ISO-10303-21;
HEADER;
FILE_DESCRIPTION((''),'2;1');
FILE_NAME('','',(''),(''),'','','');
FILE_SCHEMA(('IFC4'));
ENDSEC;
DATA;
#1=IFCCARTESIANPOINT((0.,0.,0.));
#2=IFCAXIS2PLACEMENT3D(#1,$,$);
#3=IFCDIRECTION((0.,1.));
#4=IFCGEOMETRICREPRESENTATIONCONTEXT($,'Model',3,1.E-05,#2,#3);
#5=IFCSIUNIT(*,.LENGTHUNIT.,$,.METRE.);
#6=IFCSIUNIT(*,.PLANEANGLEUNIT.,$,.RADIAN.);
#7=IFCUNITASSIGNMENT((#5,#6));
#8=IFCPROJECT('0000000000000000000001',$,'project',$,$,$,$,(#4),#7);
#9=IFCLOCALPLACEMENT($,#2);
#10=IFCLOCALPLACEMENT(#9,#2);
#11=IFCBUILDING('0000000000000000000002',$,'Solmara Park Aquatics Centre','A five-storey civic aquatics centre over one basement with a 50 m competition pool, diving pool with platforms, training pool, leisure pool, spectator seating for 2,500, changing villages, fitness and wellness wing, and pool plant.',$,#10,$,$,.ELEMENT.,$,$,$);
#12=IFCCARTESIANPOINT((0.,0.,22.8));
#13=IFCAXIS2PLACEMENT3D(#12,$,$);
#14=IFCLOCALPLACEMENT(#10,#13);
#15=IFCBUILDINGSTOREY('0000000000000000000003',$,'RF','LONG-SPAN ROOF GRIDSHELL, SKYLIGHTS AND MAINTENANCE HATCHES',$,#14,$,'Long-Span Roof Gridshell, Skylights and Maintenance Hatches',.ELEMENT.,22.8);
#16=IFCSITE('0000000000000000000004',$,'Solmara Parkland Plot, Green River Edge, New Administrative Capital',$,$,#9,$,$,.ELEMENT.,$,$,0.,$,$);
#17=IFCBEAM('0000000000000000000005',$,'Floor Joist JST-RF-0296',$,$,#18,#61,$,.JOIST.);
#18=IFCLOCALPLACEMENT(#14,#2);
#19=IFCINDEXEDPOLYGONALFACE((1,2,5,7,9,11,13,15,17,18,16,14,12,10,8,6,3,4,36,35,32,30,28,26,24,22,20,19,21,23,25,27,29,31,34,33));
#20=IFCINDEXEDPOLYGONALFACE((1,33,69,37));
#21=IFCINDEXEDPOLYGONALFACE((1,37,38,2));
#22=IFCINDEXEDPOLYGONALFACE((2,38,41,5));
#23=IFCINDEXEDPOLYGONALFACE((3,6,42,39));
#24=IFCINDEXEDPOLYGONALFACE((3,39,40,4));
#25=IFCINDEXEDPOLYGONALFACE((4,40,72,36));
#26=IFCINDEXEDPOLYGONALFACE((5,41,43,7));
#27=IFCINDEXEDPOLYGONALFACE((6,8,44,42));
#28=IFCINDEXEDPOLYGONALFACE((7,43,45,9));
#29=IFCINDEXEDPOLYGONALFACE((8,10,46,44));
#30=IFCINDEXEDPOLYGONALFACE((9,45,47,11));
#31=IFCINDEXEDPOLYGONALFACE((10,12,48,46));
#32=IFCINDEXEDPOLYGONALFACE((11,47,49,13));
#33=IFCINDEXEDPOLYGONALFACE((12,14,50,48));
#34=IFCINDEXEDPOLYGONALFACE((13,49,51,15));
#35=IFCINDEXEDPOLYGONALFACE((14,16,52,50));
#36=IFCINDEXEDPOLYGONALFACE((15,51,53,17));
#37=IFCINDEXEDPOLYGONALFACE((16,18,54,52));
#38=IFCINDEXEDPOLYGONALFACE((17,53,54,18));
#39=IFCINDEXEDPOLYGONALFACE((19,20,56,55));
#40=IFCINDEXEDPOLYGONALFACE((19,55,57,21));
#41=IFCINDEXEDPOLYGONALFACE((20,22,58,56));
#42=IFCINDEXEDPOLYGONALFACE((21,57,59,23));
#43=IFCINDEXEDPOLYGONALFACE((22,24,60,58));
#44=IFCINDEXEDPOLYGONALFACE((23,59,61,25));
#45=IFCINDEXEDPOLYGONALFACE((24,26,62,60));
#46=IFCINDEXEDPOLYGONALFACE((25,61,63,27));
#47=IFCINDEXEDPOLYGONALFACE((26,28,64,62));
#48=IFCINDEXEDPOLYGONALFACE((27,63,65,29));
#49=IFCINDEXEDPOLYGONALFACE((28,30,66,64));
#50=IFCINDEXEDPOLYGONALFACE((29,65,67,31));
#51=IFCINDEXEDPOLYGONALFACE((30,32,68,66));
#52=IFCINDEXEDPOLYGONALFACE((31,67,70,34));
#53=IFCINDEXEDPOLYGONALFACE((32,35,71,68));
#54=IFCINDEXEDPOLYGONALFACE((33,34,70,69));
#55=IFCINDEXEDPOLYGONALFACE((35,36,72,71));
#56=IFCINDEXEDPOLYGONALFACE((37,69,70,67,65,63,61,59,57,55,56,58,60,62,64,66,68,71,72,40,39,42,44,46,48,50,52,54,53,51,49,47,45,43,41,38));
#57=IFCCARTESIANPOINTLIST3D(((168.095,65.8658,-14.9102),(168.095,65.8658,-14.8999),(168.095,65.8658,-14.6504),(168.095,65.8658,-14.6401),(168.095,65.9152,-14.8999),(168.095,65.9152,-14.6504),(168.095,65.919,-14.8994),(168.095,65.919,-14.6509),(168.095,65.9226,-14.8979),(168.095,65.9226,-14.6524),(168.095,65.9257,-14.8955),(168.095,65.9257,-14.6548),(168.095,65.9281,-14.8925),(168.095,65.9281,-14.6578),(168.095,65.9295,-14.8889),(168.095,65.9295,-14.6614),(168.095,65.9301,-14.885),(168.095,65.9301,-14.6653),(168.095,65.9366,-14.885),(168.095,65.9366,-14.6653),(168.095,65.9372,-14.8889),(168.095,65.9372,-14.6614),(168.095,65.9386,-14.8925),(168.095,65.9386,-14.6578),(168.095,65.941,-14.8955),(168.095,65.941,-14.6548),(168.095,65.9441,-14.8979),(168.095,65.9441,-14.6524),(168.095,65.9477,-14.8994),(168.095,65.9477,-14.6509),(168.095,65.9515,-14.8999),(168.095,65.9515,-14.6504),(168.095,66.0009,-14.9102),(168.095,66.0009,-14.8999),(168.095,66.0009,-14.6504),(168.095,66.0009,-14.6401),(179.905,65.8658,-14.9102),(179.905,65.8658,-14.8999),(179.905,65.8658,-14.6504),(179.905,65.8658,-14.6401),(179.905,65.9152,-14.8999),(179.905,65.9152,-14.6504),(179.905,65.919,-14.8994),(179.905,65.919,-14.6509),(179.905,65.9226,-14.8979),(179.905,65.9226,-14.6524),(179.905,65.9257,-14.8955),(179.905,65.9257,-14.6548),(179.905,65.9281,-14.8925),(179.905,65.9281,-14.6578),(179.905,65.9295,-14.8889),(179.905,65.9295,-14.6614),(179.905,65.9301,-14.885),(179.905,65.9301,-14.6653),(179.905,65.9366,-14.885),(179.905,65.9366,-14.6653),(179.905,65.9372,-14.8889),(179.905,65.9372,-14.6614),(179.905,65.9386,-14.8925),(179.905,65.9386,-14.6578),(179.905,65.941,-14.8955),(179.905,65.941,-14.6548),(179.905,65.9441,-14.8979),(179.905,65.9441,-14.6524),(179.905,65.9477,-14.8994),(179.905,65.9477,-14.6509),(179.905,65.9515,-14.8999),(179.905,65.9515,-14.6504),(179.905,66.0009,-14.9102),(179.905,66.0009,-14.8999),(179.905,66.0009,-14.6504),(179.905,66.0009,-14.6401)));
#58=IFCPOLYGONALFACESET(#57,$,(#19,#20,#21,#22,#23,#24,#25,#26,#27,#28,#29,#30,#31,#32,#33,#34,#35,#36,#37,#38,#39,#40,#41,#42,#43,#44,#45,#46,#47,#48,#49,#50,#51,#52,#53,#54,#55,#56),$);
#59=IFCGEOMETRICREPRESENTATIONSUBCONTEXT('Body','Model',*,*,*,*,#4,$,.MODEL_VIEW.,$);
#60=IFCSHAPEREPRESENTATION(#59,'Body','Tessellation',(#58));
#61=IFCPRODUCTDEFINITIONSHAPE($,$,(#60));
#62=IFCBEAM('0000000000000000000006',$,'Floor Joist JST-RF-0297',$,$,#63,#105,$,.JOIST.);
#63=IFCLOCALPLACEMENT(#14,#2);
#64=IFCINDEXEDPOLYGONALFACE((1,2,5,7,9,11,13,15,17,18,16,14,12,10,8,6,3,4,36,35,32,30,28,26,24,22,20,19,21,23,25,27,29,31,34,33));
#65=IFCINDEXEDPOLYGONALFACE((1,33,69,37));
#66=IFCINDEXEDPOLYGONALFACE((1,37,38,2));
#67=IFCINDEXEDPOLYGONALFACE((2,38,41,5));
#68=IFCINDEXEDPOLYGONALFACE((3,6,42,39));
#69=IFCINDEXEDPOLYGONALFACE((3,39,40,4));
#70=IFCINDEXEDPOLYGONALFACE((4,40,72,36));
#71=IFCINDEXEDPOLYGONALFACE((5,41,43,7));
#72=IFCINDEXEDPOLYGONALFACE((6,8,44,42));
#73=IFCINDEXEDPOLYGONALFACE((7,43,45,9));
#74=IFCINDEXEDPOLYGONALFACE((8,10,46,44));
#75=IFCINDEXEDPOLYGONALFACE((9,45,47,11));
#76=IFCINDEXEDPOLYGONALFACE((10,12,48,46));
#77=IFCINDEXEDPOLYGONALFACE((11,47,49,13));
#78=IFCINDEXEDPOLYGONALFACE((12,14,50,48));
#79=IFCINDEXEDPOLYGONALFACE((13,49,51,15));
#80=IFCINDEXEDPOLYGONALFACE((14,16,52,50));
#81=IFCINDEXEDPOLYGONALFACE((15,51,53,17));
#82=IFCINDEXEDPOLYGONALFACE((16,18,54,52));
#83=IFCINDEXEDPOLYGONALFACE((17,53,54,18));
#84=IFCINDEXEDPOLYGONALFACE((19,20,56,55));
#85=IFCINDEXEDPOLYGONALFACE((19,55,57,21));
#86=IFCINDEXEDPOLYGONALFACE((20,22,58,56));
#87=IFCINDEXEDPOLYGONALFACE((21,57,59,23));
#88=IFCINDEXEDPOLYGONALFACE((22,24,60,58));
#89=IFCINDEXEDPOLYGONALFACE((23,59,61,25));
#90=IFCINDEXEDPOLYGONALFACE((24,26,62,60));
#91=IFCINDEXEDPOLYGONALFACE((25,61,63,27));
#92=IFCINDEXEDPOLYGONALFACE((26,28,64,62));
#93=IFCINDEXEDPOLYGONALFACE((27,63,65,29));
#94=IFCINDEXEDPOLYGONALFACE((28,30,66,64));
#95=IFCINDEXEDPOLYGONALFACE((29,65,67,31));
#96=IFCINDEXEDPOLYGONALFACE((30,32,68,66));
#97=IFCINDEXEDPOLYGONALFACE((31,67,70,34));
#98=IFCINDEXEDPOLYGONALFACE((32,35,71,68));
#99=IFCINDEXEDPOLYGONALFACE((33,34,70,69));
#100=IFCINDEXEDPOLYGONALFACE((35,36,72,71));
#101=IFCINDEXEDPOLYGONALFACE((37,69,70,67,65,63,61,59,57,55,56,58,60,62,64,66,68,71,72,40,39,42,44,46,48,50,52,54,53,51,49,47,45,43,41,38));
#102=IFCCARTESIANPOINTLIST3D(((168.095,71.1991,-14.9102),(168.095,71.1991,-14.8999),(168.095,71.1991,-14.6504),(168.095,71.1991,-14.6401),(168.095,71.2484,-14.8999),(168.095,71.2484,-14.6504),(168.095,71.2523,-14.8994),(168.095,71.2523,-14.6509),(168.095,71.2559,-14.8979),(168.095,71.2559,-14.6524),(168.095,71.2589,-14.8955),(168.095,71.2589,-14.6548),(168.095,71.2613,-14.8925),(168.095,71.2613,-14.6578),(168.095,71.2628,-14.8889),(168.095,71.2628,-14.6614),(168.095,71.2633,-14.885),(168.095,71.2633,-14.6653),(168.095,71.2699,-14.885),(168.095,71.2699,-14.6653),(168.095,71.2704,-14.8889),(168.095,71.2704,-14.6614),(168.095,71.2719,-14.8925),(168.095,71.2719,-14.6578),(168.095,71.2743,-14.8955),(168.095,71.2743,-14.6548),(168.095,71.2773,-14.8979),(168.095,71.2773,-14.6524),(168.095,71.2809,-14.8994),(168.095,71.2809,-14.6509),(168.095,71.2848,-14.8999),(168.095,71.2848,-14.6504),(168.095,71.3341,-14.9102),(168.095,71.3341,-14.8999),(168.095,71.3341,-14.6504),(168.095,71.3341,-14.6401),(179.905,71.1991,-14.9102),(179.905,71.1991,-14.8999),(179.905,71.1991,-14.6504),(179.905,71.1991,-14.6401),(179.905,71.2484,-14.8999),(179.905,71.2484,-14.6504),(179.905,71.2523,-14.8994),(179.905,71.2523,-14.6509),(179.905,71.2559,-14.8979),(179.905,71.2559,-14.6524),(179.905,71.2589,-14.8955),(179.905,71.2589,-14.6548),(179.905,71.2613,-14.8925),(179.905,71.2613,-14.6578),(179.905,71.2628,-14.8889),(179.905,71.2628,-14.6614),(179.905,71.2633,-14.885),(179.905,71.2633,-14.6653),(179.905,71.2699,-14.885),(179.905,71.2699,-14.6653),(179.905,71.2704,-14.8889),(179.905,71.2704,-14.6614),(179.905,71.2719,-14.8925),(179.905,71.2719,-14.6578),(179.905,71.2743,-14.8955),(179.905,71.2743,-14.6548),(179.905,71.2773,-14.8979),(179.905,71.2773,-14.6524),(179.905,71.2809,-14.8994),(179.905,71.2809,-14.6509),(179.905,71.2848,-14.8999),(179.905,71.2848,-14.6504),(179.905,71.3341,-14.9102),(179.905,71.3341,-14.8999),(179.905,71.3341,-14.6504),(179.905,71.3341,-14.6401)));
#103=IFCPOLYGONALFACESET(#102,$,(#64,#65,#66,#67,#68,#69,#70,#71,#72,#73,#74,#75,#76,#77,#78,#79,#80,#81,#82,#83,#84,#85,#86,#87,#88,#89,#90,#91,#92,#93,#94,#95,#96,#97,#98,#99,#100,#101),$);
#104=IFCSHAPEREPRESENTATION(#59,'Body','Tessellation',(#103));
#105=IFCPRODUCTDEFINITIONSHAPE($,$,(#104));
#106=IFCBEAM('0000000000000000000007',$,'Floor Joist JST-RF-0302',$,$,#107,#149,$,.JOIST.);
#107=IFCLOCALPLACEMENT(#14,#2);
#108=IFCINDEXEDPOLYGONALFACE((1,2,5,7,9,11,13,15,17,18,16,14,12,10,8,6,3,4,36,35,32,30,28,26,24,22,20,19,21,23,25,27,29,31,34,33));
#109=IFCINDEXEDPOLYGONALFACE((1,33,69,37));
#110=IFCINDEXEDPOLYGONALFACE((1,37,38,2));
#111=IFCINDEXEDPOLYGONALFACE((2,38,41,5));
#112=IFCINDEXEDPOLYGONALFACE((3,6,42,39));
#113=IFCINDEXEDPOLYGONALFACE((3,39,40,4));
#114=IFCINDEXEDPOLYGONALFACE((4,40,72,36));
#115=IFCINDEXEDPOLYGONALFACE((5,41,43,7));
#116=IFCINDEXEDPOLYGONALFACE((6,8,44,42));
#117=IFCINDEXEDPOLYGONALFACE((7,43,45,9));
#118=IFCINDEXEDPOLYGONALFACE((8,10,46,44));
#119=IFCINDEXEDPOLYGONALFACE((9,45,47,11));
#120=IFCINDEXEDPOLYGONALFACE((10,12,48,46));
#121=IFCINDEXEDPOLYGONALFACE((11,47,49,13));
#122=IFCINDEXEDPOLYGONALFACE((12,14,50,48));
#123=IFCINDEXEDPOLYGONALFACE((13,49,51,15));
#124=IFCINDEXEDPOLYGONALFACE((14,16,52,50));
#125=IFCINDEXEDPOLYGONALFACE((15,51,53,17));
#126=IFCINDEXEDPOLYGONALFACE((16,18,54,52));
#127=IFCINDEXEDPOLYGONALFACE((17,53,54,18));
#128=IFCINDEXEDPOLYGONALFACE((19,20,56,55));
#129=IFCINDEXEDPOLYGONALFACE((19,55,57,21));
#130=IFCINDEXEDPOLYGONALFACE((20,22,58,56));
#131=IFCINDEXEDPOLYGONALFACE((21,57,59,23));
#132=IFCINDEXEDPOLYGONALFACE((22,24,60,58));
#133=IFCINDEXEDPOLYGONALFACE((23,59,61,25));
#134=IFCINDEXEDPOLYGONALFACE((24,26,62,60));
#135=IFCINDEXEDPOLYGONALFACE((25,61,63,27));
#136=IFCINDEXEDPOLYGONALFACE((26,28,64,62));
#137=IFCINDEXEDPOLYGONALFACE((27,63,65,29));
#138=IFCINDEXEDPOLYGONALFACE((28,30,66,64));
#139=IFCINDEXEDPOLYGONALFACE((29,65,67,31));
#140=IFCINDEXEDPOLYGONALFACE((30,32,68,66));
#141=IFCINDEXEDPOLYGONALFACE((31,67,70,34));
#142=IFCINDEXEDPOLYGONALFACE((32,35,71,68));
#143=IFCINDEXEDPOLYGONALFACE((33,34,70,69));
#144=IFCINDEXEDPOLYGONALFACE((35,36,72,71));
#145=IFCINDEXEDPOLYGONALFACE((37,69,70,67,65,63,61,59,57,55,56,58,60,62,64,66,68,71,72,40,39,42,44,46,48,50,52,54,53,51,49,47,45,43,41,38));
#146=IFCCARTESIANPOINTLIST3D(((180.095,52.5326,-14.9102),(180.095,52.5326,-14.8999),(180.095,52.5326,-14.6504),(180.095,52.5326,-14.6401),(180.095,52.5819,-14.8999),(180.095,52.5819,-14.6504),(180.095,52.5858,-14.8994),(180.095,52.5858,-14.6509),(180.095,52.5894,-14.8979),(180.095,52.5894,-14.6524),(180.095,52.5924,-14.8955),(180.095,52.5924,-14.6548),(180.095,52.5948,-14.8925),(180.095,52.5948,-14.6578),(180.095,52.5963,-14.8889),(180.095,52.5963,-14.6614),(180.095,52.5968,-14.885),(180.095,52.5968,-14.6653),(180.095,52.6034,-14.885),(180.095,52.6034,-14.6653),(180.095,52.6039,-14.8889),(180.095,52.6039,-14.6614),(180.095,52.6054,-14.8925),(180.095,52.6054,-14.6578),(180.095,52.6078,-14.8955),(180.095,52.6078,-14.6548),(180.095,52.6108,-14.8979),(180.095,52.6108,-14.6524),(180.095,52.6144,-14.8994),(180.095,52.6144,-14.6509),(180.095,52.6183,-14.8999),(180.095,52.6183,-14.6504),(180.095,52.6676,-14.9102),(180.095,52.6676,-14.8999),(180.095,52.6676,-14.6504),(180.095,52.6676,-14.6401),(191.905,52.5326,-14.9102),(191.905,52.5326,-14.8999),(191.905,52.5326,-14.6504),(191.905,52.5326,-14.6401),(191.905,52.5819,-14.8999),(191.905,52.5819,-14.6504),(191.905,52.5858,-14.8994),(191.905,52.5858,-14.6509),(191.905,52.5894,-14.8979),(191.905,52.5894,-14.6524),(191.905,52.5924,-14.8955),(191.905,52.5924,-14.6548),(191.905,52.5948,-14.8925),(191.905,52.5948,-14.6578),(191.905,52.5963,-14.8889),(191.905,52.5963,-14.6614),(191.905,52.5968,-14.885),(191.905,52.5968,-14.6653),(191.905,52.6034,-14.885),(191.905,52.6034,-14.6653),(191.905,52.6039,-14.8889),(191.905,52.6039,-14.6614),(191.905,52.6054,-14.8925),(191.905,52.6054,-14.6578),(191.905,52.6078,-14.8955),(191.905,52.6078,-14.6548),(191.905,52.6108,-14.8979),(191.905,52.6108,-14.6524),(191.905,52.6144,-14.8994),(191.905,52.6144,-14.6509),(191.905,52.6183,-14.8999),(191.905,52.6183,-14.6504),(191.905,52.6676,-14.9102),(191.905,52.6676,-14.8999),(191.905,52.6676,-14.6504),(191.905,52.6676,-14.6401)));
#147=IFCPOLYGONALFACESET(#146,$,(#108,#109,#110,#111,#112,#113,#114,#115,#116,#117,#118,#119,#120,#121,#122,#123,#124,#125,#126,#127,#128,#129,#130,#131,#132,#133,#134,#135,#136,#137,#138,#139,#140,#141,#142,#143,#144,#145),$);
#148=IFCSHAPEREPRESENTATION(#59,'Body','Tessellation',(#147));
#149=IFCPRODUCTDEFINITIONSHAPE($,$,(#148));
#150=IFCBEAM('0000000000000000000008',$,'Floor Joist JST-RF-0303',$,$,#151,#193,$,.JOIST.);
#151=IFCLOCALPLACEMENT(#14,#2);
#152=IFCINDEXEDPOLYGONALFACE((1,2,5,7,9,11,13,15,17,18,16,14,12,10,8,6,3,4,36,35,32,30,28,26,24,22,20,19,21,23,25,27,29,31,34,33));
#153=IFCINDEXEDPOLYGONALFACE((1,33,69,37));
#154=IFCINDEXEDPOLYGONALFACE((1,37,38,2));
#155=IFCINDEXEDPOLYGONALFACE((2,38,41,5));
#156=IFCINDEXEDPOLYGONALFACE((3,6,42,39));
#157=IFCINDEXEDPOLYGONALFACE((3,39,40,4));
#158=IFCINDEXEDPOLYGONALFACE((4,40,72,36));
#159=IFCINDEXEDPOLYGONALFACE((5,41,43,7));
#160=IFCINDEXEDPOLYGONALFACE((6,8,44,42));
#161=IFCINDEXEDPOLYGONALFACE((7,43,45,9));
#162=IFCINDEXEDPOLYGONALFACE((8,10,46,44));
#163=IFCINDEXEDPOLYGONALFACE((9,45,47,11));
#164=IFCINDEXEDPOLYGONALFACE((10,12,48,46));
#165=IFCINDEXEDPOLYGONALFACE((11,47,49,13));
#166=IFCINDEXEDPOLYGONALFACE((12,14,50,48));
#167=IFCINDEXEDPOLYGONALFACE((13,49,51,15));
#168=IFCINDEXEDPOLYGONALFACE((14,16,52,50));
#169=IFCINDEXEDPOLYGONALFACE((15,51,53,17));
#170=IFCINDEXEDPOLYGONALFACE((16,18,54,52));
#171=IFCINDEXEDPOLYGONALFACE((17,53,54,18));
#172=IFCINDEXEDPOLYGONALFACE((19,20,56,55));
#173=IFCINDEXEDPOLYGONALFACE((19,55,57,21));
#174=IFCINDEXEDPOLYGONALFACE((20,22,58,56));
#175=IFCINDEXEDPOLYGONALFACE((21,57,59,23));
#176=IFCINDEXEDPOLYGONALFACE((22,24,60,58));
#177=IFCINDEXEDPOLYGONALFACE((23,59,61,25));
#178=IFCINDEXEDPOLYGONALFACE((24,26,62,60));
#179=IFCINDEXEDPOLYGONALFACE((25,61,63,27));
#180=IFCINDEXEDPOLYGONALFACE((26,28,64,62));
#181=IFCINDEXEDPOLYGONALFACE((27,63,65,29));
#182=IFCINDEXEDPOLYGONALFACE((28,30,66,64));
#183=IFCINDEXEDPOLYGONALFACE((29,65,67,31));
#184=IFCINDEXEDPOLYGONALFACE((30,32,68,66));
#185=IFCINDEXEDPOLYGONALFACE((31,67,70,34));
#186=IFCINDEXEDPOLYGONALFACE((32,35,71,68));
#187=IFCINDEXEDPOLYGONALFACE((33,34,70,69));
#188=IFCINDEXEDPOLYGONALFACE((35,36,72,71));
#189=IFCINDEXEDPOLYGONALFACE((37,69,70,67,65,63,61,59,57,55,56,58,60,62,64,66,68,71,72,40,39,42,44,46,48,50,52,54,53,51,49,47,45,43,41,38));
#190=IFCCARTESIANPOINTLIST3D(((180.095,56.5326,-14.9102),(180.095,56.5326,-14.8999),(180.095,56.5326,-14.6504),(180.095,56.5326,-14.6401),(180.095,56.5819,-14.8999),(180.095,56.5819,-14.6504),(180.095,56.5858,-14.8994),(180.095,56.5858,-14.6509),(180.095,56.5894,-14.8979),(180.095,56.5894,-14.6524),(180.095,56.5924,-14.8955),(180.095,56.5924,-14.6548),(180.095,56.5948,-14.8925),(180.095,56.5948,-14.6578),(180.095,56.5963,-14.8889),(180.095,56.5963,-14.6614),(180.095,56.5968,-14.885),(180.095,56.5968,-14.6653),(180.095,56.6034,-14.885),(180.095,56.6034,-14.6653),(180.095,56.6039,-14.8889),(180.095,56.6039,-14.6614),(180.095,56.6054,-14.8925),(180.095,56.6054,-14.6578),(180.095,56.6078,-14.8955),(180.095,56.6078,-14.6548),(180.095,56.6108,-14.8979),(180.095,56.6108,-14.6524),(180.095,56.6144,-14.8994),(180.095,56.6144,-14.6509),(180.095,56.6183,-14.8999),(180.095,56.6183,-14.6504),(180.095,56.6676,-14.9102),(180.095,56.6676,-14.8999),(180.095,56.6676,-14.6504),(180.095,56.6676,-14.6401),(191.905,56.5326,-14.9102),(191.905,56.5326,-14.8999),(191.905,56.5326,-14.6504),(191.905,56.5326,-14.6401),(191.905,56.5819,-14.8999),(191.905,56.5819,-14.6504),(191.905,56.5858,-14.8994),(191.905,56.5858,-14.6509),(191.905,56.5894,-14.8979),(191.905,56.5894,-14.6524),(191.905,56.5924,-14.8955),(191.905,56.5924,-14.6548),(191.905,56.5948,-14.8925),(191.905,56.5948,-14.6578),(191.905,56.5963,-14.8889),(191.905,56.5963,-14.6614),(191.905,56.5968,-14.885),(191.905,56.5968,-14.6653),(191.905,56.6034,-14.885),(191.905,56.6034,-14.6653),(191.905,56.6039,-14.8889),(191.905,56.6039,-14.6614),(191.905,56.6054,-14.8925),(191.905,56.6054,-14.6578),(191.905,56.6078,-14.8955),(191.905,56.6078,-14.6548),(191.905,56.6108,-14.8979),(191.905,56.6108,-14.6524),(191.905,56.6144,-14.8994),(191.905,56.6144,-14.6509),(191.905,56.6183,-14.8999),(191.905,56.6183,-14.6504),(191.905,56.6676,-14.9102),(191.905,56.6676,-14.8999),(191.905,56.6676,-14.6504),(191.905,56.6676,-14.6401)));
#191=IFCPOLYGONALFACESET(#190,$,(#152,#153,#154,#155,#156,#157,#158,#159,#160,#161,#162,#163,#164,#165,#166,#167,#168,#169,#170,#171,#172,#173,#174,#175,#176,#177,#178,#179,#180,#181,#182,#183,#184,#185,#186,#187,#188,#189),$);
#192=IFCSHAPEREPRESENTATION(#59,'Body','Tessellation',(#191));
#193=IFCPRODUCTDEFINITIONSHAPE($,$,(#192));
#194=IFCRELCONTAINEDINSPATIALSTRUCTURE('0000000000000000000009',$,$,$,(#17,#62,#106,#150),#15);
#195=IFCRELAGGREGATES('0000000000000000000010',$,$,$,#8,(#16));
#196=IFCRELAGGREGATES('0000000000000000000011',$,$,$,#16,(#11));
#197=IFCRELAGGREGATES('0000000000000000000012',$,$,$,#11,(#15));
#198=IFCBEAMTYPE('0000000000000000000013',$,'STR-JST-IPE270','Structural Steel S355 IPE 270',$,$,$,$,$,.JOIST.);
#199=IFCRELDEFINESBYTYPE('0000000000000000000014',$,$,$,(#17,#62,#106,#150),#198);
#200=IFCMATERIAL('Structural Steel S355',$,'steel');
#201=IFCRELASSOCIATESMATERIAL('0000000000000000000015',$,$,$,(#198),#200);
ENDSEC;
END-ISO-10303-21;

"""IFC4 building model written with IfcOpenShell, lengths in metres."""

from ifc_helpers import new_model, si_unit, direction, frame, origin, origin_2d, place, context, subcontext, project, spatial, i_section, extrude, material, material_profile, profile_set, type_object, element, save


model = new_model("IFC4")

# Units and contexts
model_context = context("Model", 3, precision=1e-05, world=origin(), true_north=direction((0.0, 1.0)))
body_context = subcontext(model_context, "Body", "Model", "MODEL_VIEW")
ifc_project = project(units=[si_unit("LENGTHUNIT", "METRE"), si_unit("PLANEANGLEUNIT", "RADIAN")], contexts=[model_context])

# Site, building, storey
site_placement = place(None, origin())
site = spatial("IfcSite", under=ifc_project, at=site_placement, Name="Solmara Parkland Plot, Green River Edge, New Administrative Capital", CompositionType="ELEMENT", RefElevation=0.0)
building_placement = place(site_placement, origin())
building = spatial("IfcBuilding", under=site, at=building_placement, Name="Solmara Park Aquatics Centre", Description="A five-storey civic aquatics centre over one basement with a 50 m competition pool, diving pool with platforms, training pool, leisure pool, spectator seating for 2,500, changing villages, fitness and wellness wing, and pool plant.", CompositionType="ELEMENT")
storey_placement = place(building_placement, frame((0.0, 0.0, 22.8)))
storey = spatial("IfcBuildingStorey", under=building, at=storey_placement, Name="RF", Description="LONG-SPAN ROOF GRIDSHELL, SKYLIGHTS AND MAINTENANCE HATCHES", LongName="Long-Span Roof Gridshell, Skylights and Maintenance Hatches", CompositionType="ELEMENT", Elevation=22.8)

# Shared definitions
ifc_material_1 = material(Name="Structural Steel S355", Category="steel")

# Beams
ifc_material_profile_1 = material_profile(ifc_material_1, i_section(OverallWidth=0.135, OverallDepth=0.27, WebThickness=0.0066, FlangeThickness=0.0103, FilletRadius=0.0149, at=origin_2d()), Name="IPE 270")
ifc_profile_set_1 = profile_set([ifc_material_profile_1], Name="Structural Steel S355")
beam_type_1 = type_object("IfcBeamType", Name="STR-JST-IPE270", Description="Structural Steel S355 IPE 270", PredefinedType="JOIST", material=ifc_profile_set_1)
for number, where, z_axis, x_axis, name in (
    (1, (168.095, 65.9333, -14.7751), (1.0, 0.0, 0.0), (0.0, 1.0, 0.0), "Floor Joist JST-RF-0296"),
    (2, (168.095, 71.2666, -14.7751), (1.0, 0.0, 0.0), (0.0, 1.0, 0.0), "Floor Joist JST-RF-0297"),
    (3, (180.095, 52.6001, -14.7751), (1.0, 0.0, 0.0), (0.0, 1.0, 0.0), "Floor Joist JST-RF-0302"),
    (4, (180.095, 56.6001, -14.7751), (1.0, 0.0, 0.0), (0.0, 1.0, 0.0), "Floor Joist JST-RF-0303"),
):
    element("IfcBeam", number, at=place(storey_placement, frame(where, z_axis=z_axis, x_axis=x_axis)), inside=storey, type_object=beam_type_1, Name=name, PredefinedType="JOIST", context=body_context, shape_type="SweptSolid", body=[
        extrude(i_section(OverallWidth=0.135, OverallDepth=0.27, WebThickness=0.0066, FlangeThickness=0.0103, FilletRadius=0.0149, at=origin_2d()), origin(), (0.0, 0.0, 1.0), 11.8101),
    ])

save(model, "model.ifc")
